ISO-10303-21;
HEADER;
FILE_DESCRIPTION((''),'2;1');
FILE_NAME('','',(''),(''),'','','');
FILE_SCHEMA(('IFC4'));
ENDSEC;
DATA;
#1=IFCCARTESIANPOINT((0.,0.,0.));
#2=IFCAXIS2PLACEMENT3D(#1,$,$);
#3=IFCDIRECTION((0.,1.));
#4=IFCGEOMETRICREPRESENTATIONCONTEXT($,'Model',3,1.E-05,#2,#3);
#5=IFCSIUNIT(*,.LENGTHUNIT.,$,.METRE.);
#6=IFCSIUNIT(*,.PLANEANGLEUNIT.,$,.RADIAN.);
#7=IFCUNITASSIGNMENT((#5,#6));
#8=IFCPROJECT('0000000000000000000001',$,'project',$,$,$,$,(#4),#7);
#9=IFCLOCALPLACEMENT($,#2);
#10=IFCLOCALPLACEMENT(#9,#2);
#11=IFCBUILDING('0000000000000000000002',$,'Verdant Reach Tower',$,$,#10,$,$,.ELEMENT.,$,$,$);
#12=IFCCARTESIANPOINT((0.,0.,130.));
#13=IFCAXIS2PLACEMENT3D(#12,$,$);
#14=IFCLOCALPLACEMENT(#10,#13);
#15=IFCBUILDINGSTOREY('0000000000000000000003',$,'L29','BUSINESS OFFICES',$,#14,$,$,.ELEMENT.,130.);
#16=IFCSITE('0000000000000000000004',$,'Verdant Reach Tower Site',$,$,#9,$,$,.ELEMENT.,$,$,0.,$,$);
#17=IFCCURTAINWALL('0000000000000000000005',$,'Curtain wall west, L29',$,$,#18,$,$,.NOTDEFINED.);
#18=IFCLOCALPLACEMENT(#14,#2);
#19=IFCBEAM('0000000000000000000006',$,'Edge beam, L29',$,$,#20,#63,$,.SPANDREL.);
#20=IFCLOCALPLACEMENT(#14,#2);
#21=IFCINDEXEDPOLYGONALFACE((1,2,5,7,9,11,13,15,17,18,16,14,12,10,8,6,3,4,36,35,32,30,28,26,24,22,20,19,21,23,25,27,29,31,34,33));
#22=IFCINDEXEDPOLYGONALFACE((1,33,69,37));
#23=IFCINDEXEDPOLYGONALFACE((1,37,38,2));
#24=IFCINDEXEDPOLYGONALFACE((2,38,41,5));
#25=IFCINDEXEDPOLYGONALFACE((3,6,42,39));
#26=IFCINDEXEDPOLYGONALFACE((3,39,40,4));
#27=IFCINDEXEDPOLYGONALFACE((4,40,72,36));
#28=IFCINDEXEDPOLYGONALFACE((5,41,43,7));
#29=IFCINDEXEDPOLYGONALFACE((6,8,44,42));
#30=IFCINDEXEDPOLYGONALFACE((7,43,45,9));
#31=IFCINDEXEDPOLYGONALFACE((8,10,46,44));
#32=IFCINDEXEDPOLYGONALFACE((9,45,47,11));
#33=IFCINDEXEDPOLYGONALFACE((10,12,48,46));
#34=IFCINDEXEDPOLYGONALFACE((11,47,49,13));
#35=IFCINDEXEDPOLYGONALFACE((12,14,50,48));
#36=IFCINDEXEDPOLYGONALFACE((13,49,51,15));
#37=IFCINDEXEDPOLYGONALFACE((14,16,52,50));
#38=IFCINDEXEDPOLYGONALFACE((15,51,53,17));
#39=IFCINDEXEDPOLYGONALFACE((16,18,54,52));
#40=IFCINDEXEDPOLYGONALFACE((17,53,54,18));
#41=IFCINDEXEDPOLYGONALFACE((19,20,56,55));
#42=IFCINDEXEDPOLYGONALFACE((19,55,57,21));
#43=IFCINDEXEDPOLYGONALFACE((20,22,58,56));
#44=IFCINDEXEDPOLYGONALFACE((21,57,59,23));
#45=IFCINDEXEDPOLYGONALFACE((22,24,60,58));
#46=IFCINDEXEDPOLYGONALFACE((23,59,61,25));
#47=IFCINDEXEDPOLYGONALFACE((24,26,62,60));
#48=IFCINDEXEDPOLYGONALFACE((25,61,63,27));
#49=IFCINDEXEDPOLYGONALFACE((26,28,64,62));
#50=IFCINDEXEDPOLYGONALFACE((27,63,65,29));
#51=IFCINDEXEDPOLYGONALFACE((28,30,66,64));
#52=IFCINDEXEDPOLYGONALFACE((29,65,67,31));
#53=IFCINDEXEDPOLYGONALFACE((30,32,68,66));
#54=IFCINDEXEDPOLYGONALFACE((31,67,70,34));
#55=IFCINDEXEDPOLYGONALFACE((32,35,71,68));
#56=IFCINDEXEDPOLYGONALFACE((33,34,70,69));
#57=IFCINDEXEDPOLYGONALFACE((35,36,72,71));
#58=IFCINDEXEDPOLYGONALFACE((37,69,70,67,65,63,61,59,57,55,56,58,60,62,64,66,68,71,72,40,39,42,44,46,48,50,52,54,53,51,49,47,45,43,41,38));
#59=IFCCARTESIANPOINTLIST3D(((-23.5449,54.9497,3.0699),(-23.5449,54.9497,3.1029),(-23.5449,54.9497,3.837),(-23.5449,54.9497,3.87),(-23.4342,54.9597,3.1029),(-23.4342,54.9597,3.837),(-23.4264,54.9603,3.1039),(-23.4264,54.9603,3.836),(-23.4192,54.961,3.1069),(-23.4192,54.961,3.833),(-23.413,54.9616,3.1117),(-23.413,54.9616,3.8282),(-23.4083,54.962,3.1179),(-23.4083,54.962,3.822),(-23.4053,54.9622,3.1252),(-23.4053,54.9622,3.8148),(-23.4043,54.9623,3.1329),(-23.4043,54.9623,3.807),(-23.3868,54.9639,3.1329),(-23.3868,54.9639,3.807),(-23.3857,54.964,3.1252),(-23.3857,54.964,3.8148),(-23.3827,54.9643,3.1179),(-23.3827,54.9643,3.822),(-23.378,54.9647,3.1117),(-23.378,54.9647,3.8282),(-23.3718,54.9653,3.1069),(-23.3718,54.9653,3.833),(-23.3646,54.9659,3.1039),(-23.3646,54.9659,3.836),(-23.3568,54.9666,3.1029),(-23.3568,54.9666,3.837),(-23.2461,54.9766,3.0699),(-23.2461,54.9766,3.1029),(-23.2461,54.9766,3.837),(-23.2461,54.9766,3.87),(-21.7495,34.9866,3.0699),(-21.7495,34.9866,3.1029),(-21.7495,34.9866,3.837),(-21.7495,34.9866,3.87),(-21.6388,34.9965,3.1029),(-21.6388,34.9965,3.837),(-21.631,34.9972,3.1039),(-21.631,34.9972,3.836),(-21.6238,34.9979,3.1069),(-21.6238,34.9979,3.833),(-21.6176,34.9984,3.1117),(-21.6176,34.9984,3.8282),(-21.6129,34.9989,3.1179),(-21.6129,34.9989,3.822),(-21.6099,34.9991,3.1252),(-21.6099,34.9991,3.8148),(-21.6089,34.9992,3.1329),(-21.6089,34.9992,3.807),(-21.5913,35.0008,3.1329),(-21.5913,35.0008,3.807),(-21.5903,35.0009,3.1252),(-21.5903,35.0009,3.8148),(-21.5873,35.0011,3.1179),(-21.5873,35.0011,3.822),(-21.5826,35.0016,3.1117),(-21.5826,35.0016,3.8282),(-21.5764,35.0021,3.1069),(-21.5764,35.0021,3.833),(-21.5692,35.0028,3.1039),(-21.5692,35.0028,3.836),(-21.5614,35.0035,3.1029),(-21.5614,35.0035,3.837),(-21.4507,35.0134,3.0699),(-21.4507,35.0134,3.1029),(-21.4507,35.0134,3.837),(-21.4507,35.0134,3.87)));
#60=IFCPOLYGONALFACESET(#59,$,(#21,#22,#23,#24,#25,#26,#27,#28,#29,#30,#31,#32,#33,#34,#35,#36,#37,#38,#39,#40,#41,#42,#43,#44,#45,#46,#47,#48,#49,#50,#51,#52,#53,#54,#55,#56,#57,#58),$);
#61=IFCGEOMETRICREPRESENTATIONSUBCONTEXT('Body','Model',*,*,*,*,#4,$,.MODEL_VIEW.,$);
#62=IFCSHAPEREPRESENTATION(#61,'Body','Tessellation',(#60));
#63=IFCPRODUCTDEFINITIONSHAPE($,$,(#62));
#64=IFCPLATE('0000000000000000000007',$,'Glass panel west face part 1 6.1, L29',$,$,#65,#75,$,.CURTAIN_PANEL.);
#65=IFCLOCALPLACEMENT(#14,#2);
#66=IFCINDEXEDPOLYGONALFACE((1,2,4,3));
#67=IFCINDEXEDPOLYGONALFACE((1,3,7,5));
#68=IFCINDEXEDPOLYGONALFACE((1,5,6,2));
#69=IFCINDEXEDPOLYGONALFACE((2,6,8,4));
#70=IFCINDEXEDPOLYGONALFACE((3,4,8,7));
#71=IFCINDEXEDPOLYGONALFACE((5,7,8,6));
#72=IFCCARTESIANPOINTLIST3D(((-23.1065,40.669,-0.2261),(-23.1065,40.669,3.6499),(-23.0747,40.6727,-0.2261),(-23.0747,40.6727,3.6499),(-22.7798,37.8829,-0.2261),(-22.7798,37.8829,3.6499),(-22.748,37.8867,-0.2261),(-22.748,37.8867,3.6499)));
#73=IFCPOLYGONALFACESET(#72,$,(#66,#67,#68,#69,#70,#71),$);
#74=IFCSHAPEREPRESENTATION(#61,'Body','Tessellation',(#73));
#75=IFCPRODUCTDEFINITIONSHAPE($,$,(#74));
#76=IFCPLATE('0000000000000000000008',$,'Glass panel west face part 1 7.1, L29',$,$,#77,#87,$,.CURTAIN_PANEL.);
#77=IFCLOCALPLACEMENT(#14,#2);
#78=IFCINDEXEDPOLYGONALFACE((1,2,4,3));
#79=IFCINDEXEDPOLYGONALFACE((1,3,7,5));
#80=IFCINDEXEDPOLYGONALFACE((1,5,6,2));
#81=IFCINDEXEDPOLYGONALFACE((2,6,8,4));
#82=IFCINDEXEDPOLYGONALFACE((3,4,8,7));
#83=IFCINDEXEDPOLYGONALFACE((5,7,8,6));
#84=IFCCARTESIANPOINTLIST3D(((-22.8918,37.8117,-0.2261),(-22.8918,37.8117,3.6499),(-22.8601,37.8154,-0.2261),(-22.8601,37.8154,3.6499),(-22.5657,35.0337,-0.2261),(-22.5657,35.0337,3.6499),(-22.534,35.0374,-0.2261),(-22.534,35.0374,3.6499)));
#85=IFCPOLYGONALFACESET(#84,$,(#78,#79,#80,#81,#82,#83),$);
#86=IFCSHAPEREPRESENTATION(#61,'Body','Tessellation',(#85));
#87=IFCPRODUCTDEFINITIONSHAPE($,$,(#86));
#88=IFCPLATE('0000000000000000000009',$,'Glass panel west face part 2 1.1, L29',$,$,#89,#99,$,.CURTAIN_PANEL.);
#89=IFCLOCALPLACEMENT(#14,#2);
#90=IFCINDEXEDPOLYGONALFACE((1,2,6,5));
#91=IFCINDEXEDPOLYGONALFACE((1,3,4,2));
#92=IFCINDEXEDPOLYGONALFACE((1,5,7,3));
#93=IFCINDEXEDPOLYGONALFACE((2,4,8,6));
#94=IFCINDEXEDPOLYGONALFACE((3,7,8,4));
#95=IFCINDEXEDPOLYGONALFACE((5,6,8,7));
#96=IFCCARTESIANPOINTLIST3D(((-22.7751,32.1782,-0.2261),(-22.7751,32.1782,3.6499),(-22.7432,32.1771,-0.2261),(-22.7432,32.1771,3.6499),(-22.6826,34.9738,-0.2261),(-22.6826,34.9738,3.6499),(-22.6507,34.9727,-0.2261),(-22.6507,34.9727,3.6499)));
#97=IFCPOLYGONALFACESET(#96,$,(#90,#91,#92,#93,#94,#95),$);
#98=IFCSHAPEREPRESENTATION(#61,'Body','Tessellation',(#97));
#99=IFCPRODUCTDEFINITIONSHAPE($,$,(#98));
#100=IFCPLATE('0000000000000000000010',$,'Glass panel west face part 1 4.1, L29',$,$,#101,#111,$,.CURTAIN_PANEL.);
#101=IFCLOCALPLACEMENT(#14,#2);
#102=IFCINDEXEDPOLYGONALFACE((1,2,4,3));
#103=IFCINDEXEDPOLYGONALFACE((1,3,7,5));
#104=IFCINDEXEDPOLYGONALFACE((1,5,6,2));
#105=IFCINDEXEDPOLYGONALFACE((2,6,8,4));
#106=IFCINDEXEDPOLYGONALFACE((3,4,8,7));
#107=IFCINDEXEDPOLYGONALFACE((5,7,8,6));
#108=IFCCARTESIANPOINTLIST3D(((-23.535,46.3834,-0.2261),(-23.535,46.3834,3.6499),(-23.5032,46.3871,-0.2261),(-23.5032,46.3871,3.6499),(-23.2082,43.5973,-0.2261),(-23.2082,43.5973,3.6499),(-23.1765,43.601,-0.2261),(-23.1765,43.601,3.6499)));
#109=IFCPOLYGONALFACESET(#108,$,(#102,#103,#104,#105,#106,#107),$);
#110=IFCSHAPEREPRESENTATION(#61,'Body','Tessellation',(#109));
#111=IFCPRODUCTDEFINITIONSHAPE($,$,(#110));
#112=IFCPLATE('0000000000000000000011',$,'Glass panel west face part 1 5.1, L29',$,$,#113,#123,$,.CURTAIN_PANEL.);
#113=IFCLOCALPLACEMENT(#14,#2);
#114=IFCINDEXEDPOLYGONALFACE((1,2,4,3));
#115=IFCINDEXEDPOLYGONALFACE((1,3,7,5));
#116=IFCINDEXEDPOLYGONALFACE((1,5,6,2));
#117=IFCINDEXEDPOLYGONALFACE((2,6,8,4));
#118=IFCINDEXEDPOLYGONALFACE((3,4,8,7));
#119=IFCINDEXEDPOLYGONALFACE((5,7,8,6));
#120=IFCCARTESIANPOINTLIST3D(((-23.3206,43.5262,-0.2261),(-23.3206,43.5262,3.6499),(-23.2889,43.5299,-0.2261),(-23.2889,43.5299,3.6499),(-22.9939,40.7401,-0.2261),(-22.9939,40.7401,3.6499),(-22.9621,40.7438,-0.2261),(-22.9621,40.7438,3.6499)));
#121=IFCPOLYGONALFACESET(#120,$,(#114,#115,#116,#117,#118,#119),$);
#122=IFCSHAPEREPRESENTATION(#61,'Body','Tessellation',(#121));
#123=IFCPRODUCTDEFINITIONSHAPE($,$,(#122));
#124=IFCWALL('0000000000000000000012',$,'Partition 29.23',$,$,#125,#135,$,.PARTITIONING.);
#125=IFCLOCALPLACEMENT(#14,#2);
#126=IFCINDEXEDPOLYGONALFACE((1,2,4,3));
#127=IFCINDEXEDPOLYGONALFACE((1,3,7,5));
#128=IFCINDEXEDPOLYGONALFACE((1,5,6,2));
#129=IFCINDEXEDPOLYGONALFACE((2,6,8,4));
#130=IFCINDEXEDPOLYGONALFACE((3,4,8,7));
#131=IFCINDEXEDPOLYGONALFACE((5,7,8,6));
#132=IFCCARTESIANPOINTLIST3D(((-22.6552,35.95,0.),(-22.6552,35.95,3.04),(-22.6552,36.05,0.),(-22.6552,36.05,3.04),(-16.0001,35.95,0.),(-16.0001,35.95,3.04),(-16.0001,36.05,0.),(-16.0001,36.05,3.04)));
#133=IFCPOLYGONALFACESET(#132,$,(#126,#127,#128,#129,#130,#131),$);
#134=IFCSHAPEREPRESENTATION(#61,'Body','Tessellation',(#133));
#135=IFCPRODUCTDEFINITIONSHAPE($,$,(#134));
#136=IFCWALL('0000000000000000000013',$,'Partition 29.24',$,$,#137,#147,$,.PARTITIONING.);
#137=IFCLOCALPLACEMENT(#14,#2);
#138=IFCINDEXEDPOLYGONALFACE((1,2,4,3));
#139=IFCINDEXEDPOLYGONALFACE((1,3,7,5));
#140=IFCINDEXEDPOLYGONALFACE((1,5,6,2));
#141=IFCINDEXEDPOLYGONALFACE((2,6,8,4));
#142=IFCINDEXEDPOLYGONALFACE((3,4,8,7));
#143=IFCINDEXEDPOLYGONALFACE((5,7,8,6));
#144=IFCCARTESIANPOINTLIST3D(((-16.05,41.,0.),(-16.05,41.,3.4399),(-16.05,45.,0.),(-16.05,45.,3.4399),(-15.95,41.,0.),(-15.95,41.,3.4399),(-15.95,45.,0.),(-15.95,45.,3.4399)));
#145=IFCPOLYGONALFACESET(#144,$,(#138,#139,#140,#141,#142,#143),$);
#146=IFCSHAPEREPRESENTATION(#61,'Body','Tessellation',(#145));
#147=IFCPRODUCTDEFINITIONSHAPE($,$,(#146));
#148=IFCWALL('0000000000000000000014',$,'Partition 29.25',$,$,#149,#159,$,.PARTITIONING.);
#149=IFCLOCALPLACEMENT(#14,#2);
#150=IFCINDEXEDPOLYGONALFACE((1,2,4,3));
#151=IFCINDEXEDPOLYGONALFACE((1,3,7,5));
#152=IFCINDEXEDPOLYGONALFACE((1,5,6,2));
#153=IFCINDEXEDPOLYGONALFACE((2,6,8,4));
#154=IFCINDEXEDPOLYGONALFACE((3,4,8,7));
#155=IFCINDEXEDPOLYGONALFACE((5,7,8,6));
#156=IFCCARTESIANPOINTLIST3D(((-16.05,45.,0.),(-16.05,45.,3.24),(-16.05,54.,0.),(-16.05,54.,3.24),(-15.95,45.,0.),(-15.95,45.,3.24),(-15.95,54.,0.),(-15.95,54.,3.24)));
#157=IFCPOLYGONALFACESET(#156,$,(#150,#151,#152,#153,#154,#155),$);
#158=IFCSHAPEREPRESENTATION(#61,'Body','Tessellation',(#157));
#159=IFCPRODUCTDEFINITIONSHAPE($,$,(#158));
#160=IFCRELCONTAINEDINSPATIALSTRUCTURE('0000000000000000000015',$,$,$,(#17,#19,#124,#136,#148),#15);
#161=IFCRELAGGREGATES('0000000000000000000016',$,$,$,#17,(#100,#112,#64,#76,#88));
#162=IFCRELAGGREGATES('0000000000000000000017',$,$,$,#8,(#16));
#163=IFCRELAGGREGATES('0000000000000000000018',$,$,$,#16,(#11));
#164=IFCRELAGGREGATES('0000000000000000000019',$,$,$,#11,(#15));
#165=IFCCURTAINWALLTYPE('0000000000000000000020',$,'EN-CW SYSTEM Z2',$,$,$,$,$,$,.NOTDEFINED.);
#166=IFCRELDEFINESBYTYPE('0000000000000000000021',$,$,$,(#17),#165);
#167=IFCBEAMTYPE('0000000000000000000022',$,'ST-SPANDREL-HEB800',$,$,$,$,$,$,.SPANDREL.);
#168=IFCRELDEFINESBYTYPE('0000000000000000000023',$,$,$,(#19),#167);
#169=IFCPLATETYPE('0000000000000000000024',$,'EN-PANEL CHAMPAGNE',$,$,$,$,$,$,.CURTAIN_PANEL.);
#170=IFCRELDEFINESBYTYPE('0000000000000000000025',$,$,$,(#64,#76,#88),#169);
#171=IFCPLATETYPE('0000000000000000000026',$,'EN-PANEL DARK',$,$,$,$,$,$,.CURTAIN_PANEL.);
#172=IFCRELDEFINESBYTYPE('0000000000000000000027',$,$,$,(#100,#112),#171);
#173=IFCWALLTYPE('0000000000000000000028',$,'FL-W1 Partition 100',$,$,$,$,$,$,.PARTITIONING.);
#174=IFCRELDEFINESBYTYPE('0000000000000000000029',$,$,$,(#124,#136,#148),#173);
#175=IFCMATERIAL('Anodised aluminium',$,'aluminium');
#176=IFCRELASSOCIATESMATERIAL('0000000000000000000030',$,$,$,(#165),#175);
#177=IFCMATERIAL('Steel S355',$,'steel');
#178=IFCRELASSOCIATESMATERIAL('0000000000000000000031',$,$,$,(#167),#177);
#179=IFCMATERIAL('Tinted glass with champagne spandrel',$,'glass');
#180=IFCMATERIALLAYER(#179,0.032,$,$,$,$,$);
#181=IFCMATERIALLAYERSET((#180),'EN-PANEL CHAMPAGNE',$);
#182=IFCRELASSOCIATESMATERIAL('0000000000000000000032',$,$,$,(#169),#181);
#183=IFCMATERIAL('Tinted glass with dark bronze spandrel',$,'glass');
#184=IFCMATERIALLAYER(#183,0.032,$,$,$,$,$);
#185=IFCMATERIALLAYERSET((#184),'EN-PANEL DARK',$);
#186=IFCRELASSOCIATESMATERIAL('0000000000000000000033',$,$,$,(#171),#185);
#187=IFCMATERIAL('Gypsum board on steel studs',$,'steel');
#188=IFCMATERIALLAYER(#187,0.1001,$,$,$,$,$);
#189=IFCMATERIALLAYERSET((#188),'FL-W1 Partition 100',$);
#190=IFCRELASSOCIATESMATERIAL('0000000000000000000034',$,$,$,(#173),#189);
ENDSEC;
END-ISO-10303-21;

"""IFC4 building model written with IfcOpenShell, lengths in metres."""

from ifc_helpers import new_model, si_unit, direction, frame, frame_2d, origin, origin_2d, place, context, subcontext, project, spatial, rectangle, i_section, extrude, material, layer, layer_set, material_profile, profile_set, type_object, element, aggregate, save


model = new_model("IFC4")

# Units and contexts
model_context = context("Model", 3, precision=1e-05, world=origin(), true_north=direction((0.0, 1.0)))
body_context = subcontext(model_context, "Body", "Model", "MODEL_VIEW")
ifc_project = project(units=[si_unit("LENGTHUNIT", "METRE"), si_unit("PLANEANGLEUNIT", "RADIAN")], contexts=[model_context])

# Site, building, storey
site_placement = place(None, origin())
site = spatial("IfcSite", under=ifc_project, at=site_placement, Name="Verdant Reach Tower Site", CompositionType="ELEMENT", RefElevation=0.0)
building_placement = place(site_placement, origin())
building = spatial("IfcBuilding", under=site, at=building_placement, Name="Verdant Reach Tower", CompositionType="ELEMENT")
storey_placement = place(building_placement, frame((0.0, 0.0, 130.0)))
storey = spatial("IfcBuildingStorey", under=building, at=storey_placement, Name="L29", Description="BUSINESS OFFICES", CompositionType="ELEMENT", Elevation=130.0)

# Curtain wall
ifc_material_1 = material(Name="Anodised aluminium", Category="aluminium")
curtain_wall_type = type_object("IfcCurtainWallType", Name="EN-CW SYSTEM Z2", PredefinedType="NOTDEFINED", material=ifc_material_1)
curtain_wall_placement = place(storey_placement, origin())
curtain_wall = element("IfcCurtainWall", 1, at=curtain_wall_placement, inside=storey, type_object=curtain_wall_type, Name="Curtain wall west, L29", PredefinedType="NOTDEFINED")

# Beam
ifc_material_2 = material(Name="Steel S355", Category="steel")
ifc_material_profile_1 = material_profile(ifc_material_2, i_section(OverallWidth=0.3, OverallDepth=0.8, WebThickness=0.0176, FlangeThickness=0.033, FilletRadius=0.03, at=origin_2d()), Name="HEB 800")
ifc_profile_set_1 = profile_set([ifc_material_profile_1], Name="Steel S355")
beam_type_1 = type_object("IfcBeamType", Name="ST-SPANDREL-HEB800", PredefinedType="SPANDREL", material=ifc_profile_set_1)
beam_1_placement = place(storey_placement, frame((-21.6001, 35.0, 3.47), z_axis=(-0.089575, 0.99598, 0.0), x_axis=(-0.99598, -0.089575, 0.0)))
element("IfcBeam", 2, at=beam_1_placement, inside=storey, type_object=beam_type_1, Name="Edge beam, L29", PredefinedType="SPANDREL", context=body_context, shape_type="SweptSolid", body=[
    extrude(i_section(OverallWidth=0.3, OverallDepth=0.8, WebThickness=0.0176, FlangeThickness=0.033, FilletRadius=0.03, at=origin_2d()), origin(), (0.0, 0.0, 1.0), 20.0437),
])

# Plates
ifc_material_3 = material(Name="Tinted glass with champagne spandrel", Category="glass")
ifc_layer_1 = layer(ifc_material_3, 0.032)
ifc_layer_set_1 = layer_set([ifc_layer_1], Name="EN-PANEL CHAMPAGNE")
plate_type_1 = type_object("IfcPlateType", Name="EN-PANEL CHAMPAGNE", PredefinedType="CURTAIN_PANEL", material=ifc_layer_set_1)
plate_1_placement = place(storey_placement, frame((-22.9272, 39.2778, -0.2261), z_axis=(0.0, 0.0, 1.0), x_axis=(0.116483, -0.993193, 0.0)))
plate_1 = element("IfcPlate", 3, at=plate_1_placement, type_object=plate_type_1, Name="Glass panel west face part 1 6.1, L29", PredefinedType="CURTAIN_PANEL", context=body_context, shape_type="SweptSolid", body=[
    extrude(rectangle(XDim=2.8052, YDim=0.032, at=origin_2d()), origin(), (0.0, 0.0, 1.0), 3.876),
])
plate_2_placement = place(storey_placement, frame((-22.7129, 36.4246, -0.2261), z_axis=(0.0, 0.0, 1.0), x_axis=(0.116586, -0.993181, 0.0)))
plate_2 = element("IfcPlate", 4, at=plate_2_placement, type_object=plate_type_1, Name="Glass panel west face part 1 7.1, L29", PredefinedType="CURTAIN_PANEL", context=body_context, shape_type="SweptSolid", body=[
    extrude(rectangle(XDim=2.7971, YDim=0.032, at=origin_2d()), origin(), (0.0, 0.0, 1.0), 3.876),
])
plate_3_placement = place(storey_placement, frame((-22.7129, 33.5754, -0.2261), z_axis=(0.0, 0.0, 1.0), x_axis=(-0.03307, -0.999453, 0.0)))
plate_3 = element("IfcPlate", 5, at=plate_3_placement, type_object=plate_type_1, Name="Glass panel west face part 2 1.1, L29", PredefinedType="CURTAIN_PANEL", context=body_context, shape_type="SweptSolid", body=[
    extrude(rectangle(XDim=2.7971, YDim=0.032, at=origin_2d()), origin(), (0.0, 0.0, 1.0), 3.876),
])
ifc_material_4 = material(Name="Tinted glass with dark bronze spandrel", Category="glass")
ifc_layer_2 = layer(ifc_material_4, 0.032)
ifc_layer_set_2 = layer_set([ifc_layer_2], Name="EN-PANEL DARK")
plate_type_2 = type_object("IfcPlateType", Name="EN-PANEL DARK", PredefinedType="CURTAIN_PANEL", material=ifc_layer_set_2)
plate_4_placement = place(storey_placement, frame((-23.3557, 44.9922, -0.2261), z_axis=(0.0, 0.0, 1.0), x_axis=(0.116483, -0.993193, 0.0)))
plate_4 = element("IfcPlate", 6, at=plate_4_placement, type_object=plate_type_2, Name="Glass panel west face part 1 4.1, L29", PredefinedType="CURTAIN_PANEL", context=body_context, shape_type="SweptSolid", body=[
    extrude(rectangle(XDim=2.8052, YDim=0.032, at=origin_2d()), origin(), (0.0, 0.0, 1.0), 3.876),
])
plate_5_placement = place(storey_placement, frame((-23.1414, 42.135, -0.2261), z_axis=(0.0, 0.0, 1.0), x_axis=(0.116483, -0.993193, 0.0)))
plate_5 = element("IfcPlate", 7, at=plate_5_placement, type_object=plate_type_2, Name="Glass panel west face part 1 5.1, L29", PredefinedType="CURTAIN_PANEL", context=body_context, shape_type="SweptSolid", body=[
    extrude(rectangle(XDim=2.8052, YDim=0.032, at=origin_2d()), origin(), (0.0, 0.0, 1.0), 3.876),
])
aggregate(curtain_wall, [plate_4, plate_5, plate_1, plate_2, plate_3])

# Walls
ifc_material_5 = material(Name="Gypsum board on steel studs", Category="steel")
ifc_layer_3 = layer(ifc_material_5, 0.1001)
ifc_layer_set_3 = layer_set([ifc_layer_3], Name="FL-W1 Partition 100")
wall_type_1 = type_object("IfcWallType", Name="FL-W1 Partition 100", PredefinedType="PARTITIONING", material=ifc_layer_set_3)
wall_1_placement = place(storey_placement, frame((-16.0, 36.0, 0.0), z_axis=(0.0, 0.0, 1.0), x_axis=(-1.0, 0.0, 0.0)))
element("IfcWall", 8, at=wall_1_placement, inside=storey, type_object=wall_type_1, Name="Partition 29.23", PredefinedType="PARTITIONING", context=body_context, shape_type="SweptSolid", body=[
    extrude(rectangle(XDim=6.655, YDim=0.1001, at=frame_2d((3.3276, 0.0))), origin(), (0.0, 0.0, 1.0), 3.04),
])
wall_2_placement = place(storey_placement, frame((-16.0, 41.0, 0.0), z_axis=(0.0, 0.0, 1.0), x_axis=(0.0, 1.0, 0.0)))
element("IfcWall", 9, at=wall_2_placement, inside=storey, type_object=wall_type_1, Name="Partition 29.24", PredefinedType="PARTITIONING", context=body_context, shape_type="SweptSolid", body=[
    extrude(rectangle(XDim=4.0, YDim=0.1001, at=frame_2d((2.0, 0.0))), origin(), (0.0, 0.0, 1.0), 3.4399),
])
wall_3_placement = place(storey_placement, frame((-16.0, 45.0, 0.0), z_axis=(0.0, 0.0, 1.0), x_axis=(0.0, 1.0, 0.0)))
element("IfcWall", 10, at=wall_3_placement, inside=storey, type_object=wall_type_1, Name="Partition 29.25", PredefinedType="PARTITIONING", context=body_context, shape_type="SweptSolid", body=[
    extrude(rectangle(XDim=9.0, YDim=0.1001, at=frame_2d((4.5, 0.0))), origin(), (0.0, 0.0, 1.0), 3.24),
])

save(model, "model.ifc")
